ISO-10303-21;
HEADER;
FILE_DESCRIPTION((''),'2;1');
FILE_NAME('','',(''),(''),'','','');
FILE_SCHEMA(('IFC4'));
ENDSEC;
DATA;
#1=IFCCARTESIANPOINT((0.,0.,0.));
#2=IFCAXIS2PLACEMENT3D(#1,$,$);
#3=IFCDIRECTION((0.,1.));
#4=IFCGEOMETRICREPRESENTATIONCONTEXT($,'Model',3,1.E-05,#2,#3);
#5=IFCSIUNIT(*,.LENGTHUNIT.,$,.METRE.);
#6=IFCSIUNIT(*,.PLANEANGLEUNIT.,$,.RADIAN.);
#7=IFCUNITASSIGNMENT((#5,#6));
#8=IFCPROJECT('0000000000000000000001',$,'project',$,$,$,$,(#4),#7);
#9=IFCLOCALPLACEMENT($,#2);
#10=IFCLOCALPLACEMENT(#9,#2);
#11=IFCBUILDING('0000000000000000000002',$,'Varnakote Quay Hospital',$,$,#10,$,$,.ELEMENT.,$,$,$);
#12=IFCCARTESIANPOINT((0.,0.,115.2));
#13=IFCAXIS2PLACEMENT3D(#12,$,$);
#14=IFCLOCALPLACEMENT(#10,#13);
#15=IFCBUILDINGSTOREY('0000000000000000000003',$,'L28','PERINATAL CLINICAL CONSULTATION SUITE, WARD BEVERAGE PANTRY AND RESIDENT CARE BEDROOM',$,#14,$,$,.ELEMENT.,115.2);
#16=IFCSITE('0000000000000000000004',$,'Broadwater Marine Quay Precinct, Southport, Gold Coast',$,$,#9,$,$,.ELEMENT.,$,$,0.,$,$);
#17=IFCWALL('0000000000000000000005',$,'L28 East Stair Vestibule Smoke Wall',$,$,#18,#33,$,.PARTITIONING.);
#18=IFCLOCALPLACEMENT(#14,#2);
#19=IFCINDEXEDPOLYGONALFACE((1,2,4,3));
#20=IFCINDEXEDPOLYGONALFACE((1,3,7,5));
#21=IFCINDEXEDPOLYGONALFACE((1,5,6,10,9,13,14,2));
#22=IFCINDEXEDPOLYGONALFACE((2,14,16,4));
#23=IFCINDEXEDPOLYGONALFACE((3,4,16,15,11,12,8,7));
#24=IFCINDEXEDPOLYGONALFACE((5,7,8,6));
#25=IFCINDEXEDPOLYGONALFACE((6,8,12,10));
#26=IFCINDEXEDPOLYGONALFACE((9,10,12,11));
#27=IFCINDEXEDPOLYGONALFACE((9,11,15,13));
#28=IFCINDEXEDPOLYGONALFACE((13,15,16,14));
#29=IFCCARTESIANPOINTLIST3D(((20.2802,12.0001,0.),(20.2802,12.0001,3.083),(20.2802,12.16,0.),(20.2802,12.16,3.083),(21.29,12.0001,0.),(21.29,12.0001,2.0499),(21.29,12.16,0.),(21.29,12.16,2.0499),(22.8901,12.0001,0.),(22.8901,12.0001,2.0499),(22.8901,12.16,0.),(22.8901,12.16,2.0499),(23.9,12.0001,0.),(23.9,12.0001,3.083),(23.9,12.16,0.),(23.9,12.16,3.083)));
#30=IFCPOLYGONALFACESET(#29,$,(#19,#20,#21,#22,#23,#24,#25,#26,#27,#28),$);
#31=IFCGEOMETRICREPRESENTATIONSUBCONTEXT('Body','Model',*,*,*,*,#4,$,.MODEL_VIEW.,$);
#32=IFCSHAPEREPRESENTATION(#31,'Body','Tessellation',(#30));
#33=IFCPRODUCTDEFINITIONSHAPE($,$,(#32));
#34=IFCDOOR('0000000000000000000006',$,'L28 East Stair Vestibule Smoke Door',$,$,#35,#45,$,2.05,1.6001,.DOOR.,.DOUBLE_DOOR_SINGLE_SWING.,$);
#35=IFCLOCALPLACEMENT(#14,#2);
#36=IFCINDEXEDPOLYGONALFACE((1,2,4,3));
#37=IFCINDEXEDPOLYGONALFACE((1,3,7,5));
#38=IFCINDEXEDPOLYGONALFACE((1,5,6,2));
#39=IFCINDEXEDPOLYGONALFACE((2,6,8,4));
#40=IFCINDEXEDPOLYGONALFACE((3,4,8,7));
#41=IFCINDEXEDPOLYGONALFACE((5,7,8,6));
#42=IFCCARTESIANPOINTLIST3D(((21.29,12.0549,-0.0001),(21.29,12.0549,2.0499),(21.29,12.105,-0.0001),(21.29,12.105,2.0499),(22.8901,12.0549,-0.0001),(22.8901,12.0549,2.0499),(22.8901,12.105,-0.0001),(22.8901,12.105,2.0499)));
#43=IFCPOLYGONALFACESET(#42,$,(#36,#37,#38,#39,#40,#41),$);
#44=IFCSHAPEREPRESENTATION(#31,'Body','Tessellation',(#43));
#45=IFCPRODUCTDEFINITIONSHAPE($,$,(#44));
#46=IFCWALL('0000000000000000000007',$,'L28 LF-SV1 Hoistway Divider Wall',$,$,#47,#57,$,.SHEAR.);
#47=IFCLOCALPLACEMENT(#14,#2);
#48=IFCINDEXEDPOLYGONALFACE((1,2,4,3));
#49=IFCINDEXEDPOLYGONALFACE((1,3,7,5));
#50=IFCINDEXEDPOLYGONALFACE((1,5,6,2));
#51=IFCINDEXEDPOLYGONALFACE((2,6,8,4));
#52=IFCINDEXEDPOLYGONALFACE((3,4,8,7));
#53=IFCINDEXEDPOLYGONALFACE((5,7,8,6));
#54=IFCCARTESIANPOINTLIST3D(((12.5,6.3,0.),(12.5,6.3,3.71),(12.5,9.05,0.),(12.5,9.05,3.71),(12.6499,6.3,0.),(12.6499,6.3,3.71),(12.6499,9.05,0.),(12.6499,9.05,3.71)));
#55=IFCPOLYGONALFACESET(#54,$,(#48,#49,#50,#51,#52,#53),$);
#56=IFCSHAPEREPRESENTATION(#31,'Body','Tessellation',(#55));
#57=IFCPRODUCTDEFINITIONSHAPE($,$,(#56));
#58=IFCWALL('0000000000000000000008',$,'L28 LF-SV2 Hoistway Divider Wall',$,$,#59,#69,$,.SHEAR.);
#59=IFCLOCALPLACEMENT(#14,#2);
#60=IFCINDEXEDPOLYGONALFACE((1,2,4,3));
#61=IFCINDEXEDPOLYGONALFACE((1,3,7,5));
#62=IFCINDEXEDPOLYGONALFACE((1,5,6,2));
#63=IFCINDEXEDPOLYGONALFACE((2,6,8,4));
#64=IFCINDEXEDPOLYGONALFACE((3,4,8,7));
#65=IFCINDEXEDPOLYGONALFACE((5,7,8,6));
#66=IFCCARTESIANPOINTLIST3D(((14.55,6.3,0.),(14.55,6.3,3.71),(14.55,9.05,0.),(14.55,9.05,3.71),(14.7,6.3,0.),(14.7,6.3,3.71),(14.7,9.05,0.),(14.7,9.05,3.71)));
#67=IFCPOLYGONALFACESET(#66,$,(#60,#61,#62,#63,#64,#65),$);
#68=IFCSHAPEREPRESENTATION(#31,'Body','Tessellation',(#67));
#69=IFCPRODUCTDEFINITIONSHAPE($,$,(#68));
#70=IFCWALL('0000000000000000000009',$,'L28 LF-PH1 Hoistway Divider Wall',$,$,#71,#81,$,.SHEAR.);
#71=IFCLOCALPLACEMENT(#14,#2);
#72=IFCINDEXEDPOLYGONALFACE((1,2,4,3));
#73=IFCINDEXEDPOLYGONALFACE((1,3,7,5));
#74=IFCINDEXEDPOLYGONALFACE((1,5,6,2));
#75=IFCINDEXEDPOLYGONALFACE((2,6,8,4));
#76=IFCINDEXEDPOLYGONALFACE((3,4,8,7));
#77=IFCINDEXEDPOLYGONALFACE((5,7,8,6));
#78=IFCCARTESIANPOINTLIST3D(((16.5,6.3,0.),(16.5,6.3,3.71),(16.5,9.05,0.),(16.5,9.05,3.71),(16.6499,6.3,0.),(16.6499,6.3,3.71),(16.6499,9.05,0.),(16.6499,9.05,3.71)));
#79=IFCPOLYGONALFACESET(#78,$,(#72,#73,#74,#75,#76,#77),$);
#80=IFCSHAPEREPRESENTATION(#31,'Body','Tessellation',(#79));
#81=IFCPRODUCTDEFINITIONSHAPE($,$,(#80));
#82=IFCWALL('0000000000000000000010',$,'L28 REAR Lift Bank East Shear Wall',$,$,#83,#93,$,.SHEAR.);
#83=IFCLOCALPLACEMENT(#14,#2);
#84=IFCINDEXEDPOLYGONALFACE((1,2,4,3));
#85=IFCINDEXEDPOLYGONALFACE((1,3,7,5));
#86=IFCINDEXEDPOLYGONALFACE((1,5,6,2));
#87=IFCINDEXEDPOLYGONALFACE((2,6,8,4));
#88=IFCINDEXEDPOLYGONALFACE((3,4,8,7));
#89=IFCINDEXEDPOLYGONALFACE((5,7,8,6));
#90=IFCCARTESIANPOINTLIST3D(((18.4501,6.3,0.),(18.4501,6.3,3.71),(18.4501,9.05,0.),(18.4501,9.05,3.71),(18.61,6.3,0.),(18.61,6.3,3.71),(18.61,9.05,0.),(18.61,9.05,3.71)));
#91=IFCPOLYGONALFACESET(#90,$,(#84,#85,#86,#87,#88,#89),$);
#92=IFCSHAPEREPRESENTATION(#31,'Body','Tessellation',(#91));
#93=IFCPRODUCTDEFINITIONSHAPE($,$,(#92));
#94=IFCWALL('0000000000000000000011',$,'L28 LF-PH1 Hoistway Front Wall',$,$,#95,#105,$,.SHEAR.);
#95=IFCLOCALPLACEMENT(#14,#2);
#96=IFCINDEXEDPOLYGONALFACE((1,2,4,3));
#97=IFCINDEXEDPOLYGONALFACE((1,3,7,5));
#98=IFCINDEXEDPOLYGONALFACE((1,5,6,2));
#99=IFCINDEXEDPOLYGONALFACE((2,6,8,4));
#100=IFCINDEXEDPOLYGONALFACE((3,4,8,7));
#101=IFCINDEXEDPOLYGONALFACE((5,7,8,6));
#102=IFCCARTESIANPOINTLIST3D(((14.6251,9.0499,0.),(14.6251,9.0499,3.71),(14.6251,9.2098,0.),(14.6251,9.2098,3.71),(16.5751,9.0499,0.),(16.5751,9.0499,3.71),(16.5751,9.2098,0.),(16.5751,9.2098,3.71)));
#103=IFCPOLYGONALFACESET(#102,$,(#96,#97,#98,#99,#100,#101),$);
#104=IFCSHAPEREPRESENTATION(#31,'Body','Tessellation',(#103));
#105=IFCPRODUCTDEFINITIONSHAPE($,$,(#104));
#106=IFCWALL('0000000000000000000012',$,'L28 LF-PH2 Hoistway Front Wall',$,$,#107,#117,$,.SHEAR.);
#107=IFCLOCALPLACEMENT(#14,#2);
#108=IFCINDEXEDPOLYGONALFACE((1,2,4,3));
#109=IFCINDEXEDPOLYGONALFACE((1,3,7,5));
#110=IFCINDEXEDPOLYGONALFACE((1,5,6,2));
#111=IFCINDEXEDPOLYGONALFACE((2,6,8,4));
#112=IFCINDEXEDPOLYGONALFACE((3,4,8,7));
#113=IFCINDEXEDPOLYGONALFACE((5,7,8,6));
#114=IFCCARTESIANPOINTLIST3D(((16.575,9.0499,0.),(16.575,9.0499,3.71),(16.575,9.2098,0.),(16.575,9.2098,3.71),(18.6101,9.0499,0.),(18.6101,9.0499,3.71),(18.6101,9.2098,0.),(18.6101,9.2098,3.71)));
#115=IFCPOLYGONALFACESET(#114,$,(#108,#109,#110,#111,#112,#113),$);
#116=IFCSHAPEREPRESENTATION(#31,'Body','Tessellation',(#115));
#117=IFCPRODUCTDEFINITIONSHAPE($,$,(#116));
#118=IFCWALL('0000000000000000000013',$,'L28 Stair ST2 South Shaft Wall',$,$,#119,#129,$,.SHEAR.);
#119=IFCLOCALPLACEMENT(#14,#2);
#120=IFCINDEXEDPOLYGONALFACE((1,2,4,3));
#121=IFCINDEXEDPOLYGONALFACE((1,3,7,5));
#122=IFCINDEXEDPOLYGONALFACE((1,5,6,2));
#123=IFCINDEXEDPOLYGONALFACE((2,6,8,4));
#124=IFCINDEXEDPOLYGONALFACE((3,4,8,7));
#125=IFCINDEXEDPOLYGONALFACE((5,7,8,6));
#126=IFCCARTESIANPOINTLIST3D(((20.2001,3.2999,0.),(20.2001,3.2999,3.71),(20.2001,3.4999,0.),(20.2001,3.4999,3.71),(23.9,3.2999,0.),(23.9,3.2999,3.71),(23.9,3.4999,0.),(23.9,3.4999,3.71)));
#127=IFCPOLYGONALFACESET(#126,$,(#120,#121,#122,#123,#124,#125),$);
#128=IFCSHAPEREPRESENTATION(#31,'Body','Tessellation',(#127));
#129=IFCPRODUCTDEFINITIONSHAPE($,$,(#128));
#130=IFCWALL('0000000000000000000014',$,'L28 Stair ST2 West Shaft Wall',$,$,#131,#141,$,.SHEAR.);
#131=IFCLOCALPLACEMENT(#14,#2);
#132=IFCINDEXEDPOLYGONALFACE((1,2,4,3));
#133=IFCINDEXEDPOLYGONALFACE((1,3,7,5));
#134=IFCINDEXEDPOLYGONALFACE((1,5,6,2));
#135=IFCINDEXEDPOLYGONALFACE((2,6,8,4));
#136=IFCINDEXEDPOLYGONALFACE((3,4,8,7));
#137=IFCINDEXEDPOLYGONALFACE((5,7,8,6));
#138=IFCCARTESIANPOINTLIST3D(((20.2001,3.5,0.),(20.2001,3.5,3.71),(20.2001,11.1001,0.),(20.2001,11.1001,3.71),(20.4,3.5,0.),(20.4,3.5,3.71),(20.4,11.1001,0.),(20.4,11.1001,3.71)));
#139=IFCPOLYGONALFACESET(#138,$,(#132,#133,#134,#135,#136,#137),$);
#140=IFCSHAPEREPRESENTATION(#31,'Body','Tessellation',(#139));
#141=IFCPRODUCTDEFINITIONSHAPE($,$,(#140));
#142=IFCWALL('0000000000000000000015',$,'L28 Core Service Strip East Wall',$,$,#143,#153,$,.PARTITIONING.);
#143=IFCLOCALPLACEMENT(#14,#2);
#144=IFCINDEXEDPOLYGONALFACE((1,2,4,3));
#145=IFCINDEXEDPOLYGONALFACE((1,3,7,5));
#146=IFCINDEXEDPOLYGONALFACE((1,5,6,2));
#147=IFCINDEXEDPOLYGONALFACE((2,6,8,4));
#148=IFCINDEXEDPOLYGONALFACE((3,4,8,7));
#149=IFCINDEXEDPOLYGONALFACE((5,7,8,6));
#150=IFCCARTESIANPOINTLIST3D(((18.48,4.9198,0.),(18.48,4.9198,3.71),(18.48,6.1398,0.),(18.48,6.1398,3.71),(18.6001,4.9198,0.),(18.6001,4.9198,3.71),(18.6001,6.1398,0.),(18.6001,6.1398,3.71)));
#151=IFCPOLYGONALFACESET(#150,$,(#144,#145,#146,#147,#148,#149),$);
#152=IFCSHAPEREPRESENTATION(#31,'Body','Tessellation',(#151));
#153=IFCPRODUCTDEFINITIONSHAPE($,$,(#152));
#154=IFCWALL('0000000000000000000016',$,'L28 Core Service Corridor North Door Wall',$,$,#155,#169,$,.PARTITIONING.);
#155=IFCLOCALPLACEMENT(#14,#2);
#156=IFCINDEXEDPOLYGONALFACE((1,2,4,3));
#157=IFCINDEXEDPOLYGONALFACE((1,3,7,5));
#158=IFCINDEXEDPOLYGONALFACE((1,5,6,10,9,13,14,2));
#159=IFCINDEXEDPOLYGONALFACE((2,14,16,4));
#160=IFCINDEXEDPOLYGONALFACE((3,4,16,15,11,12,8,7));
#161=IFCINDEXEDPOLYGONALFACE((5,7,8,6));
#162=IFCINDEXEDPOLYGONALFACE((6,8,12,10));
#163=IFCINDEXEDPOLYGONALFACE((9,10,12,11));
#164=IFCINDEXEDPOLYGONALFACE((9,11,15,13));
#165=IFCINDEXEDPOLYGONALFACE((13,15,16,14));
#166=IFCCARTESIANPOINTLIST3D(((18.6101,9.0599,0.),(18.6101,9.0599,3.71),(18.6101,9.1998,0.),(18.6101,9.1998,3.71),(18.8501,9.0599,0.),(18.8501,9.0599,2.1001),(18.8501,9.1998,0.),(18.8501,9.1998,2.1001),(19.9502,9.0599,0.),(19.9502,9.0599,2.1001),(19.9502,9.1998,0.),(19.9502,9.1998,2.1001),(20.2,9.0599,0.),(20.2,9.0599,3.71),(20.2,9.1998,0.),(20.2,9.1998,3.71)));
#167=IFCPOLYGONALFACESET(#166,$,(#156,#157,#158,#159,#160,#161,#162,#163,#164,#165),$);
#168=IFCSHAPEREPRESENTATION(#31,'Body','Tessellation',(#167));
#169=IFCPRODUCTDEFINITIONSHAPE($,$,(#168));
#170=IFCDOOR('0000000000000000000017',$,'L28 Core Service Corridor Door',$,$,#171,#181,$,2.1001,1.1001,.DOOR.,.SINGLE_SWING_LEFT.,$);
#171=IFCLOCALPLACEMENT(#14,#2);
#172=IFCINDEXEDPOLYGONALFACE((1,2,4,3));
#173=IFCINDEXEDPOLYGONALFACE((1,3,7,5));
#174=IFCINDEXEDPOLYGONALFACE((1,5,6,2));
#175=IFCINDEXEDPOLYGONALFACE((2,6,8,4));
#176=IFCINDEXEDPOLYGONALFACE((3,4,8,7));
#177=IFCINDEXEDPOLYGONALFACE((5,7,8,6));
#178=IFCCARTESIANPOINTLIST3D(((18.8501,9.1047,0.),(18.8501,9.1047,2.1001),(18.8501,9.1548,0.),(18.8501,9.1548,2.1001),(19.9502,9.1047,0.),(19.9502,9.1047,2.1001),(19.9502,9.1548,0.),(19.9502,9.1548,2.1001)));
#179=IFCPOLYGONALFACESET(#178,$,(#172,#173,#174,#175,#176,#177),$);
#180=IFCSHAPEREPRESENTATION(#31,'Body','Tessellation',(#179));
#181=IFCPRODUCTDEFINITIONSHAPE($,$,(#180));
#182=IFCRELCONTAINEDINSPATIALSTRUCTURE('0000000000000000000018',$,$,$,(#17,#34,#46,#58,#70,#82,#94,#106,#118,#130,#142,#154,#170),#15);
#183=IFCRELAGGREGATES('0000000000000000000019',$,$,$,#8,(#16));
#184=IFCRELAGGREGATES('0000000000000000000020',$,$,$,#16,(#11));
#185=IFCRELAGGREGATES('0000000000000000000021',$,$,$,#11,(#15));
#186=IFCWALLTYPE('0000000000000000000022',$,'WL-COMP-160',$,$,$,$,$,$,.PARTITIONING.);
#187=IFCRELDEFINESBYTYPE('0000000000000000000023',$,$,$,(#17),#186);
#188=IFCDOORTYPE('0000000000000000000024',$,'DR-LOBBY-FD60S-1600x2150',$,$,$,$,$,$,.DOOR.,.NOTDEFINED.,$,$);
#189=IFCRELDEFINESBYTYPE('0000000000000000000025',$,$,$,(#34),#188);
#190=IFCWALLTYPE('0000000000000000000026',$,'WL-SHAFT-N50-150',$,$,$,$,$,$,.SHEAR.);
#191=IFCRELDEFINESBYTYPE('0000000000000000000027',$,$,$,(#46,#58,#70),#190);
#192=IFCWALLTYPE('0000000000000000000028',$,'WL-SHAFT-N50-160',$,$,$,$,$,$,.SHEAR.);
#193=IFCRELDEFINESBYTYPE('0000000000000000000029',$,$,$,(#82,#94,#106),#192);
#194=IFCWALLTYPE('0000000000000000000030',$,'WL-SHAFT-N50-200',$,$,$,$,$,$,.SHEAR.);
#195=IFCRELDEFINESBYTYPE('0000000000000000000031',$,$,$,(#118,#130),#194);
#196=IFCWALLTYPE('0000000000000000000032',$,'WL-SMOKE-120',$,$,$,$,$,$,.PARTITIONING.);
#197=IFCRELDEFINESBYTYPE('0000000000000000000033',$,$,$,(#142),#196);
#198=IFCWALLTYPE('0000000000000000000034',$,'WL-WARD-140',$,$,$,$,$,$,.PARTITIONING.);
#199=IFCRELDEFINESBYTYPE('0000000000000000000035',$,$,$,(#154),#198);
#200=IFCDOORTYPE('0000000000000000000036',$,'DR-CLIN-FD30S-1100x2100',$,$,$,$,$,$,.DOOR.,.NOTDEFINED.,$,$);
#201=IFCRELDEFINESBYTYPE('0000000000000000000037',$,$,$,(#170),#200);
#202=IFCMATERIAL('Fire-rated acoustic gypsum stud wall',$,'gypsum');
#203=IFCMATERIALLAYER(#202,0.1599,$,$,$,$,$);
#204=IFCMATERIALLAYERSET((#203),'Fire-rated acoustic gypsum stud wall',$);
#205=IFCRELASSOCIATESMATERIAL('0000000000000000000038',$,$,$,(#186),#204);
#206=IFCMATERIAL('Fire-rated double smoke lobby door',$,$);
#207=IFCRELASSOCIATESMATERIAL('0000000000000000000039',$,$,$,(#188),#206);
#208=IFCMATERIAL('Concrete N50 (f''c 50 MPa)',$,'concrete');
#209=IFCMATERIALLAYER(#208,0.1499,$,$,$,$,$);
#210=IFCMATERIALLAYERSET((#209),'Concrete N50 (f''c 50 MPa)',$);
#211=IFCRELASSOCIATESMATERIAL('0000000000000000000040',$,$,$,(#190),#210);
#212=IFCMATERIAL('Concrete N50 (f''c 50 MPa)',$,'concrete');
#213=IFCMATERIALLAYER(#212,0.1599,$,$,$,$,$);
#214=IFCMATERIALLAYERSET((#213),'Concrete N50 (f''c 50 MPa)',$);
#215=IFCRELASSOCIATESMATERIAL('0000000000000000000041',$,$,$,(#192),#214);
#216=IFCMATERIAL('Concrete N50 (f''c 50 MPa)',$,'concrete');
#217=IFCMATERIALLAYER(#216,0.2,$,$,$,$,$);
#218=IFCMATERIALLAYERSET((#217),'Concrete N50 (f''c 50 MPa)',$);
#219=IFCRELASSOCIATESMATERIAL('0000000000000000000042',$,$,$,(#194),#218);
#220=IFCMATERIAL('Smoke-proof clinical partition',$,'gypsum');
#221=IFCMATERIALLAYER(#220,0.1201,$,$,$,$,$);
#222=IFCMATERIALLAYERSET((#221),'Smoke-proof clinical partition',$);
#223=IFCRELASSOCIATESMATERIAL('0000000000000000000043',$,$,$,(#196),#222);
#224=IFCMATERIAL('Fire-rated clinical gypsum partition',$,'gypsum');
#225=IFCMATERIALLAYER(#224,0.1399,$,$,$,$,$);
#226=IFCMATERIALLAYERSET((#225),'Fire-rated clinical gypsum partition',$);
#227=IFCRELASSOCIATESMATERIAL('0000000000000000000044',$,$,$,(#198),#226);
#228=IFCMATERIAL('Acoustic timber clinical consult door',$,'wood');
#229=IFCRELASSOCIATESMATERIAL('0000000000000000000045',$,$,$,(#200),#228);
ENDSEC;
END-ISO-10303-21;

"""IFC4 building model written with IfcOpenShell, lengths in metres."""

from ifc_helpers import new_model, si_unit, direction, frame, frame_2d, origin, place, context, subcontext, project, spatial, rectangle, extrude, material, layer, layer_set, type_object, element, fill, save


model = new_model("IFC4")

# Units and contexts
model_context = context("Model", 3, precision=1e-05, world=origin(), true_north=direction((0.0, 1.0)))
body_context = subcontext(model_context, "Body", "Model", "MODEL_VIEW")
ifc_project = project(units=[si_unit("LENGTHUNIT", "METRE"), si_unit("PLANEANGLEUNIT", "RADIAN")], contexts=[model_context])

# Site, building, storey
site_placement = place(None, origin())
site = spatial("IfcSite", under=ifc_project, at=site_placement, Name="Broadwater Marine Quay Precinct, Southport, Gold Coast", CompositionType="ELEMENT", RefElevation=0.0)
building_placement = place(site_placement, origin())
building = spatial("IfcBuilding", under=site, at=building_placement, Name="Varnakote Quay Hospital", CompositionType="ELEMENT")
storey_placement = place(building_placement, frame((0.0, 0.0, 115.2)))
storey = spatial("IfcBuildingStorey", under=building, at=storey_placement, Name="L28", Description="PERINATAL CLINICAL CONSULTATION SUITE, WARD BEVERAGE PANTRY AND RESIDENT CARE BEDROOM", CompositionType="ELEMENT", Elevation=115.2)

# Shared definitions
ifc_material_1 = material(Name="Fire-rated acoustic gypsum stud wall", Category="gypsum")
ifc_layer_1 = layer(ifc_material_1, 0.1599)
ifc_layer_set_1 = layer_set([ifc_layer_1], Name="Fire-rated acoustic gypsum stud wall")
wall_type_1 = type_object("IfcWallType", Name="WL-COMP-160", PredefinedType="PARTITIONING", material=ifc_layer_set_1)

# Shared definitions
ifc_material_2 = material(Name="Fire-rated double smoke lobby door")
door_type_1 = type_object("IfcDoorType", Name="DR-LOBBY-FD60S-1600x2150", OperationType="NOTDEFINED", PredefinedType="DOOR", material=ifc_material_2)

# Wall, opening, door
wall_1_placement = place(storey_placement, frame((20.28, 12.0801, 0.0), z_axis=(0.0, 0.0, 1.0), x_axis=(1.0, 0.0, 0.0)))
wall_1 = element("IfcWall", 1, at=wall_1_placement, inside=storey, type_object=wall_type_1, Name="L28 East Stair Vestibule Smoke Wall", PredefinedType="PARTITIONING", context=body_context, shape_type="SweptSolid", body=[
    extrude(rectangle(XDim=3.6199, YDim=0.1599, at=frame_2d((1.8101, 0.0))), origin(), (0.0, 0.0, 1.0), 3.083),
])
opening_1_placement = place(wall_1_placement, frame((1.01, 0.0, 0.0)))
opening_1 = element("IfcOpeningElement", 2, at=opening_1_placement, cuts=wall_1, PredefinedType="OPENING", context=body_context, shape_type="SweptSolid", body=[
    extrude(rectangle(XDim=1.6001, YDim=2.05, at=frame_2d((0.8, 1.0249))), frame((0.0, 0.0898, 0.0), z_axis=(0.0, -1.0, 0.0), x_axis=(1.0, 0.0, 0.0)), (0.0, 0.0, 1.0), 0.1799),
])
door_1_placement = place(opening_1_placement, origin())
door_1 = element("IfcDoor", 3, at=door_1_placement, inside=storey, type_object=door_type_1, Name="L28 East Stair Vestibule Smoke Door", OperationType="DOUBLE_DOOR_SINGLE_SWING", OverallHeight=2.05, OverallWidth=1.6001, PredefinedType="DOOR", context=body_context, shape_type="SweptSolid", body=[
    extrude(rectangle(XDim=1.6001, YDim=2.05, at=frame_2d((0.8, 1.0249))), frame((0.0, 0.0249, 0.0), z_axis=(0.0, -1.0, 0.0), x_axis=(1.0, 0.0, 0.0)), (0.0, 0.0, 1.0), 0.05),
])
fill(opening_1, door_1)

# Walls
ifc_material_3 = material(Name="Concrete N50 (f'c 50 MPa)", Category="concrete")
ifc_layer_2 = layer(ifc_material_3, 0.1499)
ifc_layer_set_2 = layer_set([ifc_layer_2], Name="Concrete N50 (f'c 50 MPa)")
wall_type_2 = type_object("IfcWallType", Name="WL-SHAFT-N50-150", PredefinedType="SHEAR", material=ifc_layer_set_2)
for number, where, z_axis, x_axis, name in (
    (4, (12.575, 6.3, 0.0), (0.0, 0.0, 1.0), (0.0, 1.0, 0.0), "L28 LF-SV1 Hoistway Divider Wall"),
    (5, (14.625, 6.3, 0.0), (0.0, 0.0, 1.0), (0.0, 1.0, 0.0), "L28 LF-SV2 Hoistway Divider Wall"),
    (6, (16.575, 6.3, 0.0), (0.0, 0.0, 1.0), (0.0, 1.0, 0.0), "L28 LF-PH1 Hoistway Divider Wall"),
):
    element("IfcWall", number, at=place(storey_placement, frame(where, z_axis=z_axis, x_axis=x_axis)), inside=storey, type_object=wall_type_2, Name=name, PredefinedType="SHEAR", context=body_context, shape_type="SweptSolid", body=[
        extrude(rectangle(XDim=2.75, YDim=0.1499, at=frame_2d((1.375, 0.0))), origin(), (0.0, 0.0, 1.0), 3.71),
    ])
ifc_material_4 = material(Name="Concrete N50 (f'c 50 MPa)", Category="concrete")
ifc_layer_3 = layer(ifc_material_4, 0.1599)
ifc_layer_set_3 = layer_set([ifc_layer_3], Name="Concrete N50 (f'c 50 MPa)")
wall_type_3 = type_object("IfcWallType", Name="WL-SHAFT-N50-160", PredefinedType="SHEAR", material=ifc_layer_set_3)
wall_2_placement = place(storey_placement, frame((18.53, 6.3, 0.0), z_axis=(0.0, 0.0, 1.0), x_axis=(0.0, 1.0, 0.0)))
element("IfcWall", 7, at=wall_2_placement, inside=storey, type_object=wall_type_3, Name="L28 REAR Lift Bank East Shear Wall", PredefinedType="SHEAR", context=body_context, shape_type="SweptSolid", body=[
    extrude(rectangle(XDim=2.75, YDim=0.1599, at=frame_2d((1.375, 0.0))), origin(), (0.0, 0.0, 1.0), 3.71),
])

# Walls
wall_3_placement = place(storey_placement, frame((14.625, 9.1299, 0.0), z_axis=(0.0, 0.0, 1.0), x_axis=(1.0, 0.0, 0.0)))
element("IfcWall", 8, at=wall_3_placement, inside=storey, type_object=wall_type_3, Name="L28 LF-PH1 Hoistway Front Wall", PredefinedType="SHEAR", context=body_context, shape_type="SweptSolid", body=[
    extrude(rectangle(XDim=1.95, YDim=0.1599, at=frame_2d((0.9751, 0.0))), origin(), (0.0, 0.0, 1.0), 3.71),
])
wall_4_placement = place(storey_placement, frame((16.575, 9.1299, 0.0), z_axis=(0.0, 0.0, 1.0), x_axis=(1.0, 0.0, 0.0)))
element("IfcWall", 9, at=wall_4_placement, inside=storey, type_object=wall_type_3, Name="L28 LF-PH2 Hoistway Front Wall", PredefinedType="SHEAR", context=body_context, shape_type="SweptSolid", body=[
    extrude(rectangle(XDim=2.0352, YDim=0.1599, at=frame_2d((1.0176, 0.0))), origin(), (0.0, 0.0, 1.0), 3.71),
])
ifc_material_5 = material(Name="Concrete N50 (f'c 50 MPa)", Category="concrete")
ifc_layer_4 = layer(ifc_material_5, 0.2)
ifc_layer_set_4 = layer_set([ifc_layer_4], Name="Concrete N50 (f'c 50 MPa)")
wall_type_4 = type_object("IfcWallType", Name="WL-SHAFT-N50-200", PredefinedType="SHEAR", material=ifc_layer_set_4)
wall_5_placement = place(storey_placement, frame((20.2, 3.3999, 0.0), z_axis=(0.0, 0.0, 1.0), x_axis=(1.0, 0.0, 0.0)))
element("IfcWall", 10, at=wall_5_placement, inside=storey, type_object=wall_type_4, Name="L28 Stair ST2 South Shaft Wall", PredefinedType="SHEAR", context=body_context, shape_type="SweptSolid", body=[
    extrude(rectangle(XDim=3.7, YDim=0.2, at=frame_2d((1.8501, 0.0))), origin(), (0.0, 0.0, 1.0), 3.71),
])
wall_6_placement = place(storey_placement, frame((20.3, 3.5, 0.0), z_axis=(0.0, 0.0, 1.0), x_axis=(0.0, 1.0, 0.0)))
element("IfcWall", 11, at=wall_6_placement, inside=storey, type_object=wall_type_4, Name="L28 Stair ST2 West Shaft Wall", PredefinedType="SHEAR", context=body_context, shape_type="SweptSolid", body=[
    extrude(rectangle(XDim=7.6001, YDim=0.2, at=frame_2d((3.8, 0.0))), origin(), (0.0, 0.0, 1.0), 3.71),
])

# Wall
ifc_material_6 = material(Name="Smoke-proof clinical partition", Category="gypsum")
ifc_layer_5 = layer(ifc_material_6, 0.1201)
ifc_layer_set_5 = layer_set([ifc_layer_5], Name="Smoke-proof clinical partition")
wall_type_5 = type_object("IfcWallType", Name="WL-SMOKE-120", PredefinedType="PARTITIONING", material=ifc_layer_set_5)
wall_7_placement = place(storey_placement, frame((18.54, 4.9199, 0.0), z_axis=(0.0, 0.0, 1.0), x_axis=(0.0, 1.0, 0.0)))
element("IfcWall", 12, at=wall_7_placement, inside=storey, type_object=wall_type_5, Name="L28 Core Service Strip East Wall", PredefinedType="PARTITIONING", context=body_context, shape_type="SweptSolid", body=[
    extrude(rectangle(XDim=1.22, YDim=0.1201, at=frame_2d((0.6099, 0.0))), origin(), (0.0, 0.0, 1.0), 3.71),
])

# Wall, opening, door
ifc_material_7 = material(Name="Fire-rated clinical gypsum partition", Category="gypsum")
ifc_layer_6 = layer(ifc_material_7, 0.1399)
ifc_layer_set_6 = layer_set([ifc_layer_6], Name="Fire-rated clinical gypsum partition")
wall_type_6 = type_object("IfcWallType", Name="WL-WARD-140", PredefinedType="PARTITIONING", material=ifc_layer_set_6)
wall_8_placement = place(storey_placement, frame((18.6101, 9.1299, 0.0), z_axis=(0.0, 0.0, 1.0), x_axis=(1.0, 0.0, 0.0)))
wall_8 = element("IfcWall", 13, at=wall_8_placement, inside=storey, type_object=wall_type_6, Name="L28 Core Service Corridor North Door Wall", PredefinedType="PARTITIONING", context=body_context, shape_type="SweptSolid", body=[
    extrude(rectangle(XDim=1.5898, YDim=0.1399, at=frame_2d((0.7949, 0.0))), origin(), (0.0, 0.0, 1.0), 3.71),
])
opening_2_placement = place(wall_8_placement, frame((0.24, 0.0, 0.0)))
opening_2 = element("IfcOpeningElement", 14, at=opening_2_placement, cuts=wall_8, PredefinedType="OPENING", context=body_context, shape_type="SweptSolid", body=[
    extrude(rectangle(XDim=1.1001, YDim=2.1001, at=frame_2d((0.55, 1.05))), frame((0.0, 0.0798, 0.0), z_axis=(0.0, -1.0, 0.0), x_axis=(1.0, 0.0, 0.0)), (0.0, 0.0, 1.0), 0.1599),
])
ifc_material_8 = material(Name="Acoustic timber clinical consult door", Category="wood")
door_type_2 = type_object("IfcDoorType", Name="DR-CLIN-FD30S-1100x2100", OperationType="NOTDEFINED", PredefinedType="DOOR", material=ifc_material_8)
door_2_placement = place(opening_2_placement, origin())
door_2 = element("IfcDoor", 15, at=door_2_placement, inside=storey, type_object=door_type_2, Name="L28 Core Service Corridor Door", OperationType="SINGLE_SWING_LEFT", OverallHeight=2.1001, OverallWidth=1.1001, PredefinedType="DOOR", context=body_context, shape_type="SweptSolid", body=[
    extrude(rectangle(XDim=1.1001, YDim=2.1001, at=frame_2d((0.55, 1.05))), frame((0.0, 0.0249, 0.0), z_axis=(0.0, -1.0, 0.0), x_axis=(1.0, 0.0, 0.0)), (0.0, 0.0, 1.0), 0.05),
])
fill(opening_2, door_2)

save(model, "model.ifc")
